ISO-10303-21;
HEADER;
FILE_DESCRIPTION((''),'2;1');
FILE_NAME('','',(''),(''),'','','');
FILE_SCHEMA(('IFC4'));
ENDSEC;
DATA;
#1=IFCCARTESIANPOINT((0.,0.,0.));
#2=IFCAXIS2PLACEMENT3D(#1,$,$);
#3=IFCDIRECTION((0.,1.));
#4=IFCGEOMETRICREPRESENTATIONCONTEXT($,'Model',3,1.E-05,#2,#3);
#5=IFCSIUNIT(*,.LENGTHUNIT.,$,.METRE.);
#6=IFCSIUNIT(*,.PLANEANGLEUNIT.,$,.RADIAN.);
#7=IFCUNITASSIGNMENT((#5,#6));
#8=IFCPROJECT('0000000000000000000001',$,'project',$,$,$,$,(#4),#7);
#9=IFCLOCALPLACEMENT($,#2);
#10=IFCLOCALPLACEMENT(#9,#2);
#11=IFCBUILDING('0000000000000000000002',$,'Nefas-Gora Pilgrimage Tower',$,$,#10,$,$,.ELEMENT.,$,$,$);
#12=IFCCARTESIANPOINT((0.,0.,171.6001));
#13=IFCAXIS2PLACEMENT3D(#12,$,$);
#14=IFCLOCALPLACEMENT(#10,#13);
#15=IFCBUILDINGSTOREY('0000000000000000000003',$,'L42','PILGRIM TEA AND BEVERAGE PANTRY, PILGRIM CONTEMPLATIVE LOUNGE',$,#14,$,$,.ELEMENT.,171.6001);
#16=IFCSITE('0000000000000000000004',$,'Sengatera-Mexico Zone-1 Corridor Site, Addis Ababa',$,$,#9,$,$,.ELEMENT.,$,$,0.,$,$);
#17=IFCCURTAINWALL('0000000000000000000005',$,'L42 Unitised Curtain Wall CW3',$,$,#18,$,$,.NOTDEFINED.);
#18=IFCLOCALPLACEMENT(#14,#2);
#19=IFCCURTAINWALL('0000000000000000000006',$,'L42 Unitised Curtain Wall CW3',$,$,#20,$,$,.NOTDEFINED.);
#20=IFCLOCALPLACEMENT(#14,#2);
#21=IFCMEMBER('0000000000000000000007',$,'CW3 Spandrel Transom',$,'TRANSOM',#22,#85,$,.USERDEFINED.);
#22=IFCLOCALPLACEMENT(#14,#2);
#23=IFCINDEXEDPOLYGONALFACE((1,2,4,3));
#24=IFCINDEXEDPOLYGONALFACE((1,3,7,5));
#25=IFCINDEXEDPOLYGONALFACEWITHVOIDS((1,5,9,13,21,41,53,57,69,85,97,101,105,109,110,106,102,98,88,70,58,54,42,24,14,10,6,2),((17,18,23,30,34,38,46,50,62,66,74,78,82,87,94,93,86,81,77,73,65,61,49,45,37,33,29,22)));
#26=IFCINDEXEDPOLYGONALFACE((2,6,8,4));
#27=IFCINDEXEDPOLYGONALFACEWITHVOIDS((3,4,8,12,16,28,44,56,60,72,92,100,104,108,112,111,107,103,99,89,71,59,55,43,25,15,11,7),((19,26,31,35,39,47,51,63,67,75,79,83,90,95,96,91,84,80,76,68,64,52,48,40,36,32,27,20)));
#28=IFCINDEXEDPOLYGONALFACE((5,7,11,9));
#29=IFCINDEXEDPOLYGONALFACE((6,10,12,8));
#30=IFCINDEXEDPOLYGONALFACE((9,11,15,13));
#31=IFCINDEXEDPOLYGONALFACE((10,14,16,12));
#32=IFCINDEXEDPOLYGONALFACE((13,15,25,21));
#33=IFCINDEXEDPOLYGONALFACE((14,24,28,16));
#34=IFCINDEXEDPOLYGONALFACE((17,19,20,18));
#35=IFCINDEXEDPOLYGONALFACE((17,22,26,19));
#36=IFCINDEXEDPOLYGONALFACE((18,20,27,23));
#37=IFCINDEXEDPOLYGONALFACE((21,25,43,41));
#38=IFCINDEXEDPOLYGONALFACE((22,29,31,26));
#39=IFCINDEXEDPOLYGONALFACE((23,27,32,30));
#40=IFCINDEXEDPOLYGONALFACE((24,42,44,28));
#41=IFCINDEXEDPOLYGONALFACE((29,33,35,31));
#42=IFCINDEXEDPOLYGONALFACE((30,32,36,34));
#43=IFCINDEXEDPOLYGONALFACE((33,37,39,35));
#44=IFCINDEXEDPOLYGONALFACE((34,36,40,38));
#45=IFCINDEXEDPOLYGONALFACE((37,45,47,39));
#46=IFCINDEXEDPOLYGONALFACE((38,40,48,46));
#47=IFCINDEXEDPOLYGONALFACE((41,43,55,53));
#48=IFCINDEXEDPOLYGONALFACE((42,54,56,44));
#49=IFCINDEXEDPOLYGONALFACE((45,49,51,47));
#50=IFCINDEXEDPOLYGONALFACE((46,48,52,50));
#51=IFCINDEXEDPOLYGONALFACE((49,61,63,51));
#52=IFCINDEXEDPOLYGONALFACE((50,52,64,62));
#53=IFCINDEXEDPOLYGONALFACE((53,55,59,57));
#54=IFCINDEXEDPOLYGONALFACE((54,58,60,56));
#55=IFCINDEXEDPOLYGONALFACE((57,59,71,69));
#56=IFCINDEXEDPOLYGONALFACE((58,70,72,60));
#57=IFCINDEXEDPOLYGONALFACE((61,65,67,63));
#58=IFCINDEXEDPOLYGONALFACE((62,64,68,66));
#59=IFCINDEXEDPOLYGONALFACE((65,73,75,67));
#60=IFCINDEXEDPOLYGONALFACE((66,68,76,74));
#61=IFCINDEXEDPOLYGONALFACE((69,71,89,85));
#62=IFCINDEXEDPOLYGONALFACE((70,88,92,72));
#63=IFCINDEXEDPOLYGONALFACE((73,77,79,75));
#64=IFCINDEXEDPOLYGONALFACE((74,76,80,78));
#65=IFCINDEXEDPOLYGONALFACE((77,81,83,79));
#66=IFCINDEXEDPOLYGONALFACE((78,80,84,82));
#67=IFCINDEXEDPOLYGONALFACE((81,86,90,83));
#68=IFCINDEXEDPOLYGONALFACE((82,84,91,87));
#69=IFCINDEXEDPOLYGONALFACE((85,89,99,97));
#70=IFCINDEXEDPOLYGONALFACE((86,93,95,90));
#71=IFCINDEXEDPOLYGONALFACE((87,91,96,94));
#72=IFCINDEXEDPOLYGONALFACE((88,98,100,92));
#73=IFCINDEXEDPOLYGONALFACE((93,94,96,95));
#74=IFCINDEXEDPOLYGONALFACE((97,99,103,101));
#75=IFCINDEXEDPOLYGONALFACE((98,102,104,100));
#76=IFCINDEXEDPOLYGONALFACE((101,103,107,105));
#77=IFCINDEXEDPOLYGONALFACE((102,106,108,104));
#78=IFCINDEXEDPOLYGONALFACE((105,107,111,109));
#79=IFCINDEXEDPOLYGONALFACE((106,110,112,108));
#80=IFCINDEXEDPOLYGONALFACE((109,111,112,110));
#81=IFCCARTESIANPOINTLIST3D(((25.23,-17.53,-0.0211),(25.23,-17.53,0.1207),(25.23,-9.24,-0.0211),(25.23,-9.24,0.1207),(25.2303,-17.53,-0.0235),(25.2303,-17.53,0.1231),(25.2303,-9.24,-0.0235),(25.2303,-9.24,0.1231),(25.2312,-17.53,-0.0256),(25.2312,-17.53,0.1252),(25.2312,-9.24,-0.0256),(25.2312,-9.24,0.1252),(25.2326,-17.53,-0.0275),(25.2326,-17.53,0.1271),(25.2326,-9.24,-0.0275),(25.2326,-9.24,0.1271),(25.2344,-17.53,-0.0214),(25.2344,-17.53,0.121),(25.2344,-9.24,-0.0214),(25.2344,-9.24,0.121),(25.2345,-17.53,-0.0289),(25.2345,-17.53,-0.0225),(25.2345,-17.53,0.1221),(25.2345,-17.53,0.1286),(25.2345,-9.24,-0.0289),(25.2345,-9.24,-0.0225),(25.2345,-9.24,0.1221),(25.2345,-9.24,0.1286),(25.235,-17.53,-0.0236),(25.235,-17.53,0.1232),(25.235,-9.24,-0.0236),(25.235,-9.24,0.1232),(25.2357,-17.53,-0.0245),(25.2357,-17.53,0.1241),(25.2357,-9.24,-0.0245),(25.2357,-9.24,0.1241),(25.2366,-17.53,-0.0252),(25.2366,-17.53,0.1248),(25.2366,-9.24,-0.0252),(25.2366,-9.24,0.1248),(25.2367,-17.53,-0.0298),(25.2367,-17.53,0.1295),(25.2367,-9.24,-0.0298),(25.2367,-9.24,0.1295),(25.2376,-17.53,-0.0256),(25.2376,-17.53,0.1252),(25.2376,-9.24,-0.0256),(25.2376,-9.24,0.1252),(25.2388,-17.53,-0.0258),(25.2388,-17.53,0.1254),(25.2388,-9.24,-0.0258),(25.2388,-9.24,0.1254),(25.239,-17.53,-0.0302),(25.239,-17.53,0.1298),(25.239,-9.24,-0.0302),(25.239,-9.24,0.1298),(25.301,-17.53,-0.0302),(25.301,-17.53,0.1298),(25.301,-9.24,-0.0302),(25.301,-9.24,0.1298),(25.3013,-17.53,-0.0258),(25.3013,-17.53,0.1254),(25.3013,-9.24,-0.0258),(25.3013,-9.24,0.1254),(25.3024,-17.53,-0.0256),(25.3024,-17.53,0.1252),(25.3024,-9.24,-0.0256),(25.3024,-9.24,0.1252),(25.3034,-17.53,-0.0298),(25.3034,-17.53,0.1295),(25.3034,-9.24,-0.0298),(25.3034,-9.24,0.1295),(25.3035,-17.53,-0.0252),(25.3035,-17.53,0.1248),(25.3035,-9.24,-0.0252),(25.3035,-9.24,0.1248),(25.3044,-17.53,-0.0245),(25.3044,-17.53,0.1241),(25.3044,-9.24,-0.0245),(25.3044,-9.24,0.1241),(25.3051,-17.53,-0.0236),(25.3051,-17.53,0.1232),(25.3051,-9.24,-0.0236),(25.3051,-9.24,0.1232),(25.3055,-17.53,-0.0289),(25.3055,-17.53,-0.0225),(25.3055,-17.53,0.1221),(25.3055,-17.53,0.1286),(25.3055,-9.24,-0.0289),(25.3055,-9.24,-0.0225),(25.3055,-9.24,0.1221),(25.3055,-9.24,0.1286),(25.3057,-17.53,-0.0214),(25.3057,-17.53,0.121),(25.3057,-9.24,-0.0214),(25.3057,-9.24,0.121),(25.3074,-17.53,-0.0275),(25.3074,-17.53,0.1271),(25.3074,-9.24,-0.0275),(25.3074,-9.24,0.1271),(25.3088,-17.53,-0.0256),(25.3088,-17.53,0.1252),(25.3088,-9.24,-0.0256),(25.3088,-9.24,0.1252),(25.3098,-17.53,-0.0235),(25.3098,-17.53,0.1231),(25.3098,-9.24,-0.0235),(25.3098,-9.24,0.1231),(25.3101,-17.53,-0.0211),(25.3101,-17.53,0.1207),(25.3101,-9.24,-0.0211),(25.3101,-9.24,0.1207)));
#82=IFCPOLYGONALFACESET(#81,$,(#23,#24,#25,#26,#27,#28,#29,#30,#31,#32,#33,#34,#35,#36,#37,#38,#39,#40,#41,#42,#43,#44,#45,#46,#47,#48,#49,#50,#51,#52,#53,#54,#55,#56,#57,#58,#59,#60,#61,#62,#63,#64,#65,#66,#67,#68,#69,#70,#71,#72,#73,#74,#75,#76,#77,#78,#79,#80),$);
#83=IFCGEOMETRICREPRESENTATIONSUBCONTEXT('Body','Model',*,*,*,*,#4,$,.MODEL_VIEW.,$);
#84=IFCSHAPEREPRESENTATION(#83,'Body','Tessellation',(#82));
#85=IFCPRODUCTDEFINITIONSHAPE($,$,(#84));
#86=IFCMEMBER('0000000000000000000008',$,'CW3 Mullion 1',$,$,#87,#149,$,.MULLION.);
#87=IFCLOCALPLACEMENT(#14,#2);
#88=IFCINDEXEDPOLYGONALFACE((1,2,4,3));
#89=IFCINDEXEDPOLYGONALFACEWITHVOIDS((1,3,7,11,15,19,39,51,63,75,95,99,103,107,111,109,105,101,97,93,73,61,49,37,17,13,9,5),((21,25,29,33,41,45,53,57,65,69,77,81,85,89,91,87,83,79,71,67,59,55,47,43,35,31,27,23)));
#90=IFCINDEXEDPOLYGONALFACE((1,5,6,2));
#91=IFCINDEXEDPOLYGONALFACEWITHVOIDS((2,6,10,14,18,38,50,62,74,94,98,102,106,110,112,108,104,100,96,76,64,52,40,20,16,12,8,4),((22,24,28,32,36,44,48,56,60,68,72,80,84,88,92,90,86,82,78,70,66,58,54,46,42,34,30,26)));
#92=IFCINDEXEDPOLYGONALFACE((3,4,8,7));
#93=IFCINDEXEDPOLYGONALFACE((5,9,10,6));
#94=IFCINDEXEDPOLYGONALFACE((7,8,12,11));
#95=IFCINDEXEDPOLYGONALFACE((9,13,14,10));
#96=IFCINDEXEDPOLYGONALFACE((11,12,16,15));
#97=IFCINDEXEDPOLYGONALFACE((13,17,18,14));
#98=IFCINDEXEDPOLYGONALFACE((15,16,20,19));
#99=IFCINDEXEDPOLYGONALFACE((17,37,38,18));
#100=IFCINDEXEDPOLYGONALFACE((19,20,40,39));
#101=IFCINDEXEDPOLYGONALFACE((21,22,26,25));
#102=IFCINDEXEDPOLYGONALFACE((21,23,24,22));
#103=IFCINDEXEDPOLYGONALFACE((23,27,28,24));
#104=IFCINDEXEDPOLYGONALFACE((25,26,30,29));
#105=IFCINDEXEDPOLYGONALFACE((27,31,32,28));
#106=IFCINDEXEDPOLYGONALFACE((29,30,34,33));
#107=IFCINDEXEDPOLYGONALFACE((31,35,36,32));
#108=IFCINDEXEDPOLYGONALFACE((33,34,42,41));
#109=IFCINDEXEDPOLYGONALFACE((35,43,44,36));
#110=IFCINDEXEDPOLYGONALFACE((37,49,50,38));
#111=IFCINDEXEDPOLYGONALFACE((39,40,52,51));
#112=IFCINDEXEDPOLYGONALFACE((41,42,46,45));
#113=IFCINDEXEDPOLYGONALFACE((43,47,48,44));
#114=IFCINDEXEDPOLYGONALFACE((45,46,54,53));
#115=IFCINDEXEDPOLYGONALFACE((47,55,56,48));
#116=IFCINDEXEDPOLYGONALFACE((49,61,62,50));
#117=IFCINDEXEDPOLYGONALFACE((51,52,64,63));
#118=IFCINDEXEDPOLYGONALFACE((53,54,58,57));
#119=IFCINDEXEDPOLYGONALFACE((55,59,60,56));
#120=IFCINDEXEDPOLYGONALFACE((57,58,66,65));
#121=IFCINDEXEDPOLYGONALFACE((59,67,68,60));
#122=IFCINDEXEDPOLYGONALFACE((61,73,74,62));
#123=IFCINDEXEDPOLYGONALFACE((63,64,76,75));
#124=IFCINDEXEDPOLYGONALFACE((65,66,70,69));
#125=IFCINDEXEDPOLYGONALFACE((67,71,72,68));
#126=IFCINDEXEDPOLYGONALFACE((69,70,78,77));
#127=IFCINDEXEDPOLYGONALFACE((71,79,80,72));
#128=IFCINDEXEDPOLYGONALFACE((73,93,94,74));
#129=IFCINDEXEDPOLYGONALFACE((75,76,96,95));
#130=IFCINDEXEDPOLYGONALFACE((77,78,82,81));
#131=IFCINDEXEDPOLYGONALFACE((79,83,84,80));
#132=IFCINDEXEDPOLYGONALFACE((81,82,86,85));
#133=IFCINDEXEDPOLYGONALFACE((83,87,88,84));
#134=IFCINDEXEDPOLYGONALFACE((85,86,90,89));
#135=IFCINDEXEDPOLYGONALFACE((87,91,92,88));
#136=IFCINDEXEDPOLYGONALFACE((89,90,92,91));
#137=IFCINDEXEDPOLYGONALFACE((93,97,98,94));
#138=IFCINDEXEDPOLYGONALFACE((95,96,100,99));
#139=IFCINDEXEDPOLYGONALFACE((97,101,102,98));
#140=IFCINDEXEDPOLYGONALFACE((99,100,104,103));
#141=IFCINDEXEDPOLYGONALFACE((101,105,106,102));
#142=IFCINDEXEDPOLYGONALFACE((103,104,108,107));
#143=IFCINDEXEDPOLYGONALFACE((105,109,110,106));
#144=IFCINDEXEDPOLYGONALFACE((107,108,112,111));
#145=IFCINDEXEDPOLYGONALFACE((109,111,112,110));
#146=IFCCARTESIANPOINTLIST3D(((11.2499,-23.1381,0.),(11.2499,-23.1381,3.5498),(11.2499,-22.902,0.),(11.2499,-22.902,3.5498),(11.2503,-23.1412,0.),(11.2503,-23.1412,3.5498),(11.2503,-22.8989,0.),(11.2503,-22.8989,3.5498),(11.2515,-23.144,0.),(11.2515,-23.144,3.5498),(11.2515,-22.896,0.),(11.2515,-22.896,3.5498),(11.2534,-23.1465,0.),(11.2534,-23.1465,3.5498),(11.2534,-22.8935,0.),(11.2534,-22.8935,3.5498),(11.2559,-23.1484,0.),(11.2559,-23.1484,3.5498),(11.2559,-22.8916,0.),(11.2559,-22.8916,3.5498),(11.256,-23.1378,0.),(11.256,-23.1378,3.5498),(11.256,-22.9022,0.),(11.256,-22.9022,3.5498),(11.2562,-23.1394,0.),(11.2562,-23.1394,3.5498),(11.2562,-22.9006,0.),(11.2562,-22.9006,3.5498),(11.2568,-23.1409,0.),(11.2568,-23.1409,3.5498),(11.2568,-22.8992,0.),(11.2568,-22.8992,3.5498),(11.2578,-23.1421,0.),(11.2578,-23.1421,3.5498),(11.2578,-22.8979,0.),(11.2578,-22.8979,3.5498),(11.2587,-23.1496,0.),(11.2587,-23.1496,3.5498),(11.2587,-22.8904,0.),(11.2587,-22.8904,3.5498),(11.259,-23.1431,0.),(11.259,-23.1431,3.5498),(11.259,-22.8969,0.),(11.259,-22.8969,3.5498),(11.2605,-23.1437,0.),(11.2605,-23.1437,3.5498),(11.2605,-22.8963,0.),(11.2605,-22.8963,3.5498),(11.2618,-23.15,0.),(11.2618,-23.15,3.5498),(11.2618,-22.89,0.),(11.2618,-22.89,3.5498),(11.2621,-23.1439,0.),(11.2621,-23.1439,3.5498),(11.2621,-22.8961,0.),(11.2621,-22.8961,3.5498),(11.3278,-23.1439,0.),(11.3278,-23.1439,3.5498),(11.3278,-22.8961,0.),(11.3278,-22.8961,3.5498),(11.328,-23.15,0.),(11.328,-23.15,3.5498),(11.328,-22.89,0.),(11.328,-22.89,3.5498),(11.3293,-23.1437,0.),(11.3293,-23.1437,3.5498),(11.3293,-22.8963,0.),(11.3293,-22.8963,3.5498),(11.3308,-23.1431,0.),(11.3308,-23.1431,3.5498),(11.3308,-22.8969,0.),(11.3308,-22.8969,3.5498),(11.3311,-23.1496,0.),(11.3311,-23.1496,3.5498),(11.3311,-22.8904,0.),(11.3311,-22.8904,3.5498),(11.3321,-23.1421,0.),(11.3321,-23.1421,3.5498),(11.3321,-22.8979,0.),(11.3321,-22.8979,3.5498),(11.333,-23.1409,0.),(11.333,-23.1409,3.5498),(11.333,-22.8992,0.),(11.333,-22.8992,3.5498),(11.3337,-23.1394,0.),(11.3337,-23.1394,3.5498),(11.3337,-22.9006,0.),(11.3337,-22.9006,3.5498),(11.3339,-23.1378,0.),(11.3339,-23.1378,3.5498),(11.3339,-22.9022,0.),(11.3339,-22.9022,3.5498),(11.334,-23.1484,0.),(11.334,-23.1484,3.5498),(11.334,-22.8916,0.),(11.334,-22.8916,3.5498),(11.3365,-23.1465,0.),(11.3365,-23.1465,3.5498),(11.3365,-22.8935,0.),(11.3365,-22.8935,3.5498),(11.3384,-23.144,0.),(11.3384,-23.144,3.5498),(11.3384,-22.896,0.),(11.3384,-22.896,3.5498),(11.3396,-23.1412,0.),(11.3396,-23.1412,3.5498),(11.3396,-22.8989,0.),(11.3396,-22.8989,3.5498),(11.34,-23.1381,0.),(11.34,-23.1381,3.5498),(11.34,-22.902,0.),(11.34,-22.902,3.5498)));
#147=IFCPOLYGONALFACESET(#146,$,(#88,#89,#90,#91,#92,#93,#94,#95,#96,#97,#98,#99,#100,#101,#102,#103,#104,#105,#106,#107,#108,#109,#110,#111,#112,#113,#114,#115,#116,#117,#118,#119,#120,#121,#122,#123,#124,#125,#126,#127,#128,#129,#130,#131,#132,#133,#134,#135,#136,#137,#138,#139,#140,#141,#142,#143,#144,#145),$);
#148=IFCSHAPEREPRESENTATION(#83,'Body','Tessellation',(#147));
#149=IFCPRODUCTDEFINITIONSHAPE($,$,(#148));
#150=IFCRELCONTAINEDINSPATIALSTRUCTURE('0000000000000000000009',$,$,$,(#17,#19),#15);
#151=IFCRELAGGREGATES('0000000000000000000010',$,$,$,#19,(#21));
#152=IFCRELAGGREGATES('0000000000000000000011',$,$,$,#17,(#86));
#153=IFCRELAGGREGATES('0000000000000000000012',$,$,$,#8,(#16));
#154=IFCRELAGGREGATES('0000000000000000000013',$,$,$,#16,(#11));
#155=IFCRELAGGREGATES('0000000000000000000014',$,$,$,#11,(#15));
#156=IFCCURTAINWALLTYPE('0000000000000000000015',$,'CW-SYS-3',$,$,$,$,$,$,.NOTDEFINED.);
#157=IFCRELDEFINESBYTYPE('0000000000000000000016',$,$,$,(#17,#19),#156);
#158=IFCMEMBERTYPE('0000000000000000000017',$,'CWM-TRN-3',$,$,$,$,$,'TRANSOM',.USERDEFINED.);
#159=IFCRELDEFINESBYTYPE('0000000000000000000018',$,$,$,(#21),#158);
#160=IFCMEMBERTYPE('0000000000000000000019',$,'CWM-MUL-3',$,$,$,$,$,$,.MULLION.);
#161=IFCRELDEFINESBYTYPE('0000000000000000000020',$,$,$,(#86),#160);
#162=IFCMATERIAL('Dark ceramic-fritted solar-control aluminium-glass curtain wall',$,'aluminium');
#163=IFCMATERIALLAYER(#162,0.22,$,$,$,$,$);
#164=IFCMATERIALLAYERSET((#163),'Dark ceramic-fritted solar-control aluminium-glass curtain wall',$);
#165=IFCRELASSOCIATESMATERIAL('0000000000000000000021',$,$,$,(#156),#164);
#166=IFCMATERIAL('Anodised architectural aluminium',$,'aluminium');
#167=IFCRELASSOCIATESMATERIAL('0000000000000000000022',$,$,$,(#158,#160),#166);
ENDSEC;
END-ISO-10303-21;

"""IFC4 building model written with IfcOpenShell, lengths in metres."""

from ifc_helpers import new_model, si_unit, direction, frame, origin, origin_2d, place, context, subcontext, project, spatial, hollow_rectangle, extrude, source, transform, mapped, material, layer, layer_set, material_profile, profile_set, type_object, element, aggregate, save


model = new_model("IFC4")

# Units and contexts
model_context = context("Model", 3, precision=1e-05, world=origin(), true_north=direction((0.0, 1.0)))
body_context = subcontext(model_context, "Body", "Model", "MODEL_VIEW")
ifc_project = project(units=[si_unit("LENGTHUNIT", "METRE"), si_unit("PLANEANGLEUNIT", "RADIAN")], contexts=[model_context])

# Site, building, storey
site_placement = place(None, origin())
site = spatial("IfcSite", under=ifc_project, at=site_placement, Name="Sengatera-Mexico Zone-1 Corridor Site, Addis Ababa", CompositionType="ELEMENT", RefElevation=0.0)
building_placement = place(site_placement, origin())
building = spatial("IfcBuilding", under=site, at=building_placement, Name="Nefas-Gora Pilgrimage Tower", CompositionType="ELEMENT")
storey_placement = place(building_placement, frame((0.0, 0.0, 171.6001)))
storey = spatial("IfcBuildingStorey", under=building, at=storey_placement, Name="L42", Description="PILGRIM TEA AND BEVERAGE PANTRY, PILGRIM CONTEMPLATIVE LOUNGE", CompositionType="ELEMENT", Elevation=171.6001)

# Curtain walls, member
ifc_material_1 = material(Name="Dark ceramic-fritted solar-control aluminium-glass curtain wall", Category="aluminium")
ifc_layer_1 = layer(ifc_material_1, 0.22)
ifc_layer_set_1 = layer_set([ifc_layer_1], Name="Dark ceramic-fritted solar-control aluminium-glass curtain wall")
curtain_wall_type = type_object("IfcCurtainWallType", Name="CW-SYS-3", PredefinedType="NOTDEFINED", material=ifc_layer_set_1)
curtain_wall_1_placement = place(storey_placement, origin())
curtain_wall_1 = element("IfcCurtainWall", 1, at=curtain_wall_1_placement, inside=storey, type_object=curtain_wall_type, Name="L42 Unitised Curtain Wall CW3", PredefinedType="NOTDEFINED")
ifc_material_2 = material(Name="Anodised architectural aluminium", Category="aluminium")
ifc_material_profile_1 = material_profile(ifc_material_2, hollow_rectangle(XDim=0.0801, YDim=0.1599, WallThickness=0.0044, InnerFilletRadius=0.0044, OuterFilletRadius=0.009, at=origin_2d()), Name="ALU TRANSOM 80x160")
ifc_profile_set_1 = profile_set([ifc_material_profile_1], Name="Anodised architectural aluminium")
member_type_1 = type_object("IfcMemberType", Name="CWM-TRN-3", ElementType="TRANSOM", PredefinedType="USERDEFINED", material=ifc_profile_set_1)
curtain_wall_2_placement = place(storey_placement, origin())
curtain_wall_2 = element("IfcCurtainWall", 2, at=curtain_wall_2_placement, inside=storey, type_object=curtain_wall_type, Name="L42 Unitised Curtain Wall CW3", PredefinedType="NOTDEFINED")
shared_shape_1 = source(origin(), body_context, "Body", "SweptSolid", [
    extrude(hollow_rectangle(XDim=0.0801, YDim=0.1599, WallThickness=0.0044, InnerFilletRadius=0.0044, OuterFilletRadius=0.009, at=origin_2d()), origin(), (0.0, 0.0, 1.0), 8.29),
])
member_1_placement = place(storey_placement, frame((25.27, -17.53, 0.0498), z_axis=(0.0, 1.0, 0.0), x_axis=(-1.0, 0.0, 0.0)))
member_1 = element("IfcMember", 3, at=member_1_placement, type_object=member_type_1, Name="CW3 Spandrel Transom", ObjectType="TRANSOM", PredefinedType="USERDEFINED", context=body_context, shape_type="MappedRepresentation", body=[
    mapped(shared_shape_1, transform((0.0, 0.0, 0.0), x_axis=(1.0, 0.0, 0.0), y_axis=(0.0, 1.0, 0.0), z_axis=(0.0, 0.0, 1.0), scale=1.0)),
])

# Member
ifc_material_profile_2 = material_profile(ifc_material_2, hollow_rectangle(XDim=0.0901, YDim=0.26, WallThickness=0.0061, InnerFilletRadius=0.0061, OuterFilletRadius=0.012, at=origin_2d()), Name="ALU MULLION 90x260")
ifc_profile_set_2 = profile_set([ifc_material_profile_2], Name="Anodised architectural aluminium")
member_type_2 = type_object("IfcMemberType", Name="CWM-MUL-3", PredefinedType="MULLION", material=ifc_profile_set_2)
shared_shape_2 = source(origin(), body_context, "Body", "SweptSolid", [
    extrude(hollow_rectangle(XDim=0.0901, YDim=0.26, WallThickness=0.0061, InnerFilletRadius=0.0061, OuterFilletRadius=0.012, at=origin_2d()), origin(), (0.0, 0.0, 1.0), 3.5498),
])
member_2_placement = place(storey_placement, frame((11.2949, -23.02, 0.0), z_axis=(0.0, 0.0, 1.0), x_axis=(1.0, 0.0, 0.0)))
member_2 = element("IfcMember", 4, at=member_2_placement, type_object=member_type_2, Name="CW3 Mullion 1", PredefinedType="MULLION", context=body_context, shape_type="MappedRepresentation", body=[
    mapped(shared_shape_2, transform((0.0, 0.0, 0.0), x_axis=(1.0, 0.0, 0.0), y_axis=(0.0, 1.0, 0.0), z_axis=(0.0, 0.0, 1.0), scale=1.0)),
])
aggregate(curtain_wall_2, [member_1])

aggregate(curtain_wall_1, [member_2])

save(model, "model.ifc")
